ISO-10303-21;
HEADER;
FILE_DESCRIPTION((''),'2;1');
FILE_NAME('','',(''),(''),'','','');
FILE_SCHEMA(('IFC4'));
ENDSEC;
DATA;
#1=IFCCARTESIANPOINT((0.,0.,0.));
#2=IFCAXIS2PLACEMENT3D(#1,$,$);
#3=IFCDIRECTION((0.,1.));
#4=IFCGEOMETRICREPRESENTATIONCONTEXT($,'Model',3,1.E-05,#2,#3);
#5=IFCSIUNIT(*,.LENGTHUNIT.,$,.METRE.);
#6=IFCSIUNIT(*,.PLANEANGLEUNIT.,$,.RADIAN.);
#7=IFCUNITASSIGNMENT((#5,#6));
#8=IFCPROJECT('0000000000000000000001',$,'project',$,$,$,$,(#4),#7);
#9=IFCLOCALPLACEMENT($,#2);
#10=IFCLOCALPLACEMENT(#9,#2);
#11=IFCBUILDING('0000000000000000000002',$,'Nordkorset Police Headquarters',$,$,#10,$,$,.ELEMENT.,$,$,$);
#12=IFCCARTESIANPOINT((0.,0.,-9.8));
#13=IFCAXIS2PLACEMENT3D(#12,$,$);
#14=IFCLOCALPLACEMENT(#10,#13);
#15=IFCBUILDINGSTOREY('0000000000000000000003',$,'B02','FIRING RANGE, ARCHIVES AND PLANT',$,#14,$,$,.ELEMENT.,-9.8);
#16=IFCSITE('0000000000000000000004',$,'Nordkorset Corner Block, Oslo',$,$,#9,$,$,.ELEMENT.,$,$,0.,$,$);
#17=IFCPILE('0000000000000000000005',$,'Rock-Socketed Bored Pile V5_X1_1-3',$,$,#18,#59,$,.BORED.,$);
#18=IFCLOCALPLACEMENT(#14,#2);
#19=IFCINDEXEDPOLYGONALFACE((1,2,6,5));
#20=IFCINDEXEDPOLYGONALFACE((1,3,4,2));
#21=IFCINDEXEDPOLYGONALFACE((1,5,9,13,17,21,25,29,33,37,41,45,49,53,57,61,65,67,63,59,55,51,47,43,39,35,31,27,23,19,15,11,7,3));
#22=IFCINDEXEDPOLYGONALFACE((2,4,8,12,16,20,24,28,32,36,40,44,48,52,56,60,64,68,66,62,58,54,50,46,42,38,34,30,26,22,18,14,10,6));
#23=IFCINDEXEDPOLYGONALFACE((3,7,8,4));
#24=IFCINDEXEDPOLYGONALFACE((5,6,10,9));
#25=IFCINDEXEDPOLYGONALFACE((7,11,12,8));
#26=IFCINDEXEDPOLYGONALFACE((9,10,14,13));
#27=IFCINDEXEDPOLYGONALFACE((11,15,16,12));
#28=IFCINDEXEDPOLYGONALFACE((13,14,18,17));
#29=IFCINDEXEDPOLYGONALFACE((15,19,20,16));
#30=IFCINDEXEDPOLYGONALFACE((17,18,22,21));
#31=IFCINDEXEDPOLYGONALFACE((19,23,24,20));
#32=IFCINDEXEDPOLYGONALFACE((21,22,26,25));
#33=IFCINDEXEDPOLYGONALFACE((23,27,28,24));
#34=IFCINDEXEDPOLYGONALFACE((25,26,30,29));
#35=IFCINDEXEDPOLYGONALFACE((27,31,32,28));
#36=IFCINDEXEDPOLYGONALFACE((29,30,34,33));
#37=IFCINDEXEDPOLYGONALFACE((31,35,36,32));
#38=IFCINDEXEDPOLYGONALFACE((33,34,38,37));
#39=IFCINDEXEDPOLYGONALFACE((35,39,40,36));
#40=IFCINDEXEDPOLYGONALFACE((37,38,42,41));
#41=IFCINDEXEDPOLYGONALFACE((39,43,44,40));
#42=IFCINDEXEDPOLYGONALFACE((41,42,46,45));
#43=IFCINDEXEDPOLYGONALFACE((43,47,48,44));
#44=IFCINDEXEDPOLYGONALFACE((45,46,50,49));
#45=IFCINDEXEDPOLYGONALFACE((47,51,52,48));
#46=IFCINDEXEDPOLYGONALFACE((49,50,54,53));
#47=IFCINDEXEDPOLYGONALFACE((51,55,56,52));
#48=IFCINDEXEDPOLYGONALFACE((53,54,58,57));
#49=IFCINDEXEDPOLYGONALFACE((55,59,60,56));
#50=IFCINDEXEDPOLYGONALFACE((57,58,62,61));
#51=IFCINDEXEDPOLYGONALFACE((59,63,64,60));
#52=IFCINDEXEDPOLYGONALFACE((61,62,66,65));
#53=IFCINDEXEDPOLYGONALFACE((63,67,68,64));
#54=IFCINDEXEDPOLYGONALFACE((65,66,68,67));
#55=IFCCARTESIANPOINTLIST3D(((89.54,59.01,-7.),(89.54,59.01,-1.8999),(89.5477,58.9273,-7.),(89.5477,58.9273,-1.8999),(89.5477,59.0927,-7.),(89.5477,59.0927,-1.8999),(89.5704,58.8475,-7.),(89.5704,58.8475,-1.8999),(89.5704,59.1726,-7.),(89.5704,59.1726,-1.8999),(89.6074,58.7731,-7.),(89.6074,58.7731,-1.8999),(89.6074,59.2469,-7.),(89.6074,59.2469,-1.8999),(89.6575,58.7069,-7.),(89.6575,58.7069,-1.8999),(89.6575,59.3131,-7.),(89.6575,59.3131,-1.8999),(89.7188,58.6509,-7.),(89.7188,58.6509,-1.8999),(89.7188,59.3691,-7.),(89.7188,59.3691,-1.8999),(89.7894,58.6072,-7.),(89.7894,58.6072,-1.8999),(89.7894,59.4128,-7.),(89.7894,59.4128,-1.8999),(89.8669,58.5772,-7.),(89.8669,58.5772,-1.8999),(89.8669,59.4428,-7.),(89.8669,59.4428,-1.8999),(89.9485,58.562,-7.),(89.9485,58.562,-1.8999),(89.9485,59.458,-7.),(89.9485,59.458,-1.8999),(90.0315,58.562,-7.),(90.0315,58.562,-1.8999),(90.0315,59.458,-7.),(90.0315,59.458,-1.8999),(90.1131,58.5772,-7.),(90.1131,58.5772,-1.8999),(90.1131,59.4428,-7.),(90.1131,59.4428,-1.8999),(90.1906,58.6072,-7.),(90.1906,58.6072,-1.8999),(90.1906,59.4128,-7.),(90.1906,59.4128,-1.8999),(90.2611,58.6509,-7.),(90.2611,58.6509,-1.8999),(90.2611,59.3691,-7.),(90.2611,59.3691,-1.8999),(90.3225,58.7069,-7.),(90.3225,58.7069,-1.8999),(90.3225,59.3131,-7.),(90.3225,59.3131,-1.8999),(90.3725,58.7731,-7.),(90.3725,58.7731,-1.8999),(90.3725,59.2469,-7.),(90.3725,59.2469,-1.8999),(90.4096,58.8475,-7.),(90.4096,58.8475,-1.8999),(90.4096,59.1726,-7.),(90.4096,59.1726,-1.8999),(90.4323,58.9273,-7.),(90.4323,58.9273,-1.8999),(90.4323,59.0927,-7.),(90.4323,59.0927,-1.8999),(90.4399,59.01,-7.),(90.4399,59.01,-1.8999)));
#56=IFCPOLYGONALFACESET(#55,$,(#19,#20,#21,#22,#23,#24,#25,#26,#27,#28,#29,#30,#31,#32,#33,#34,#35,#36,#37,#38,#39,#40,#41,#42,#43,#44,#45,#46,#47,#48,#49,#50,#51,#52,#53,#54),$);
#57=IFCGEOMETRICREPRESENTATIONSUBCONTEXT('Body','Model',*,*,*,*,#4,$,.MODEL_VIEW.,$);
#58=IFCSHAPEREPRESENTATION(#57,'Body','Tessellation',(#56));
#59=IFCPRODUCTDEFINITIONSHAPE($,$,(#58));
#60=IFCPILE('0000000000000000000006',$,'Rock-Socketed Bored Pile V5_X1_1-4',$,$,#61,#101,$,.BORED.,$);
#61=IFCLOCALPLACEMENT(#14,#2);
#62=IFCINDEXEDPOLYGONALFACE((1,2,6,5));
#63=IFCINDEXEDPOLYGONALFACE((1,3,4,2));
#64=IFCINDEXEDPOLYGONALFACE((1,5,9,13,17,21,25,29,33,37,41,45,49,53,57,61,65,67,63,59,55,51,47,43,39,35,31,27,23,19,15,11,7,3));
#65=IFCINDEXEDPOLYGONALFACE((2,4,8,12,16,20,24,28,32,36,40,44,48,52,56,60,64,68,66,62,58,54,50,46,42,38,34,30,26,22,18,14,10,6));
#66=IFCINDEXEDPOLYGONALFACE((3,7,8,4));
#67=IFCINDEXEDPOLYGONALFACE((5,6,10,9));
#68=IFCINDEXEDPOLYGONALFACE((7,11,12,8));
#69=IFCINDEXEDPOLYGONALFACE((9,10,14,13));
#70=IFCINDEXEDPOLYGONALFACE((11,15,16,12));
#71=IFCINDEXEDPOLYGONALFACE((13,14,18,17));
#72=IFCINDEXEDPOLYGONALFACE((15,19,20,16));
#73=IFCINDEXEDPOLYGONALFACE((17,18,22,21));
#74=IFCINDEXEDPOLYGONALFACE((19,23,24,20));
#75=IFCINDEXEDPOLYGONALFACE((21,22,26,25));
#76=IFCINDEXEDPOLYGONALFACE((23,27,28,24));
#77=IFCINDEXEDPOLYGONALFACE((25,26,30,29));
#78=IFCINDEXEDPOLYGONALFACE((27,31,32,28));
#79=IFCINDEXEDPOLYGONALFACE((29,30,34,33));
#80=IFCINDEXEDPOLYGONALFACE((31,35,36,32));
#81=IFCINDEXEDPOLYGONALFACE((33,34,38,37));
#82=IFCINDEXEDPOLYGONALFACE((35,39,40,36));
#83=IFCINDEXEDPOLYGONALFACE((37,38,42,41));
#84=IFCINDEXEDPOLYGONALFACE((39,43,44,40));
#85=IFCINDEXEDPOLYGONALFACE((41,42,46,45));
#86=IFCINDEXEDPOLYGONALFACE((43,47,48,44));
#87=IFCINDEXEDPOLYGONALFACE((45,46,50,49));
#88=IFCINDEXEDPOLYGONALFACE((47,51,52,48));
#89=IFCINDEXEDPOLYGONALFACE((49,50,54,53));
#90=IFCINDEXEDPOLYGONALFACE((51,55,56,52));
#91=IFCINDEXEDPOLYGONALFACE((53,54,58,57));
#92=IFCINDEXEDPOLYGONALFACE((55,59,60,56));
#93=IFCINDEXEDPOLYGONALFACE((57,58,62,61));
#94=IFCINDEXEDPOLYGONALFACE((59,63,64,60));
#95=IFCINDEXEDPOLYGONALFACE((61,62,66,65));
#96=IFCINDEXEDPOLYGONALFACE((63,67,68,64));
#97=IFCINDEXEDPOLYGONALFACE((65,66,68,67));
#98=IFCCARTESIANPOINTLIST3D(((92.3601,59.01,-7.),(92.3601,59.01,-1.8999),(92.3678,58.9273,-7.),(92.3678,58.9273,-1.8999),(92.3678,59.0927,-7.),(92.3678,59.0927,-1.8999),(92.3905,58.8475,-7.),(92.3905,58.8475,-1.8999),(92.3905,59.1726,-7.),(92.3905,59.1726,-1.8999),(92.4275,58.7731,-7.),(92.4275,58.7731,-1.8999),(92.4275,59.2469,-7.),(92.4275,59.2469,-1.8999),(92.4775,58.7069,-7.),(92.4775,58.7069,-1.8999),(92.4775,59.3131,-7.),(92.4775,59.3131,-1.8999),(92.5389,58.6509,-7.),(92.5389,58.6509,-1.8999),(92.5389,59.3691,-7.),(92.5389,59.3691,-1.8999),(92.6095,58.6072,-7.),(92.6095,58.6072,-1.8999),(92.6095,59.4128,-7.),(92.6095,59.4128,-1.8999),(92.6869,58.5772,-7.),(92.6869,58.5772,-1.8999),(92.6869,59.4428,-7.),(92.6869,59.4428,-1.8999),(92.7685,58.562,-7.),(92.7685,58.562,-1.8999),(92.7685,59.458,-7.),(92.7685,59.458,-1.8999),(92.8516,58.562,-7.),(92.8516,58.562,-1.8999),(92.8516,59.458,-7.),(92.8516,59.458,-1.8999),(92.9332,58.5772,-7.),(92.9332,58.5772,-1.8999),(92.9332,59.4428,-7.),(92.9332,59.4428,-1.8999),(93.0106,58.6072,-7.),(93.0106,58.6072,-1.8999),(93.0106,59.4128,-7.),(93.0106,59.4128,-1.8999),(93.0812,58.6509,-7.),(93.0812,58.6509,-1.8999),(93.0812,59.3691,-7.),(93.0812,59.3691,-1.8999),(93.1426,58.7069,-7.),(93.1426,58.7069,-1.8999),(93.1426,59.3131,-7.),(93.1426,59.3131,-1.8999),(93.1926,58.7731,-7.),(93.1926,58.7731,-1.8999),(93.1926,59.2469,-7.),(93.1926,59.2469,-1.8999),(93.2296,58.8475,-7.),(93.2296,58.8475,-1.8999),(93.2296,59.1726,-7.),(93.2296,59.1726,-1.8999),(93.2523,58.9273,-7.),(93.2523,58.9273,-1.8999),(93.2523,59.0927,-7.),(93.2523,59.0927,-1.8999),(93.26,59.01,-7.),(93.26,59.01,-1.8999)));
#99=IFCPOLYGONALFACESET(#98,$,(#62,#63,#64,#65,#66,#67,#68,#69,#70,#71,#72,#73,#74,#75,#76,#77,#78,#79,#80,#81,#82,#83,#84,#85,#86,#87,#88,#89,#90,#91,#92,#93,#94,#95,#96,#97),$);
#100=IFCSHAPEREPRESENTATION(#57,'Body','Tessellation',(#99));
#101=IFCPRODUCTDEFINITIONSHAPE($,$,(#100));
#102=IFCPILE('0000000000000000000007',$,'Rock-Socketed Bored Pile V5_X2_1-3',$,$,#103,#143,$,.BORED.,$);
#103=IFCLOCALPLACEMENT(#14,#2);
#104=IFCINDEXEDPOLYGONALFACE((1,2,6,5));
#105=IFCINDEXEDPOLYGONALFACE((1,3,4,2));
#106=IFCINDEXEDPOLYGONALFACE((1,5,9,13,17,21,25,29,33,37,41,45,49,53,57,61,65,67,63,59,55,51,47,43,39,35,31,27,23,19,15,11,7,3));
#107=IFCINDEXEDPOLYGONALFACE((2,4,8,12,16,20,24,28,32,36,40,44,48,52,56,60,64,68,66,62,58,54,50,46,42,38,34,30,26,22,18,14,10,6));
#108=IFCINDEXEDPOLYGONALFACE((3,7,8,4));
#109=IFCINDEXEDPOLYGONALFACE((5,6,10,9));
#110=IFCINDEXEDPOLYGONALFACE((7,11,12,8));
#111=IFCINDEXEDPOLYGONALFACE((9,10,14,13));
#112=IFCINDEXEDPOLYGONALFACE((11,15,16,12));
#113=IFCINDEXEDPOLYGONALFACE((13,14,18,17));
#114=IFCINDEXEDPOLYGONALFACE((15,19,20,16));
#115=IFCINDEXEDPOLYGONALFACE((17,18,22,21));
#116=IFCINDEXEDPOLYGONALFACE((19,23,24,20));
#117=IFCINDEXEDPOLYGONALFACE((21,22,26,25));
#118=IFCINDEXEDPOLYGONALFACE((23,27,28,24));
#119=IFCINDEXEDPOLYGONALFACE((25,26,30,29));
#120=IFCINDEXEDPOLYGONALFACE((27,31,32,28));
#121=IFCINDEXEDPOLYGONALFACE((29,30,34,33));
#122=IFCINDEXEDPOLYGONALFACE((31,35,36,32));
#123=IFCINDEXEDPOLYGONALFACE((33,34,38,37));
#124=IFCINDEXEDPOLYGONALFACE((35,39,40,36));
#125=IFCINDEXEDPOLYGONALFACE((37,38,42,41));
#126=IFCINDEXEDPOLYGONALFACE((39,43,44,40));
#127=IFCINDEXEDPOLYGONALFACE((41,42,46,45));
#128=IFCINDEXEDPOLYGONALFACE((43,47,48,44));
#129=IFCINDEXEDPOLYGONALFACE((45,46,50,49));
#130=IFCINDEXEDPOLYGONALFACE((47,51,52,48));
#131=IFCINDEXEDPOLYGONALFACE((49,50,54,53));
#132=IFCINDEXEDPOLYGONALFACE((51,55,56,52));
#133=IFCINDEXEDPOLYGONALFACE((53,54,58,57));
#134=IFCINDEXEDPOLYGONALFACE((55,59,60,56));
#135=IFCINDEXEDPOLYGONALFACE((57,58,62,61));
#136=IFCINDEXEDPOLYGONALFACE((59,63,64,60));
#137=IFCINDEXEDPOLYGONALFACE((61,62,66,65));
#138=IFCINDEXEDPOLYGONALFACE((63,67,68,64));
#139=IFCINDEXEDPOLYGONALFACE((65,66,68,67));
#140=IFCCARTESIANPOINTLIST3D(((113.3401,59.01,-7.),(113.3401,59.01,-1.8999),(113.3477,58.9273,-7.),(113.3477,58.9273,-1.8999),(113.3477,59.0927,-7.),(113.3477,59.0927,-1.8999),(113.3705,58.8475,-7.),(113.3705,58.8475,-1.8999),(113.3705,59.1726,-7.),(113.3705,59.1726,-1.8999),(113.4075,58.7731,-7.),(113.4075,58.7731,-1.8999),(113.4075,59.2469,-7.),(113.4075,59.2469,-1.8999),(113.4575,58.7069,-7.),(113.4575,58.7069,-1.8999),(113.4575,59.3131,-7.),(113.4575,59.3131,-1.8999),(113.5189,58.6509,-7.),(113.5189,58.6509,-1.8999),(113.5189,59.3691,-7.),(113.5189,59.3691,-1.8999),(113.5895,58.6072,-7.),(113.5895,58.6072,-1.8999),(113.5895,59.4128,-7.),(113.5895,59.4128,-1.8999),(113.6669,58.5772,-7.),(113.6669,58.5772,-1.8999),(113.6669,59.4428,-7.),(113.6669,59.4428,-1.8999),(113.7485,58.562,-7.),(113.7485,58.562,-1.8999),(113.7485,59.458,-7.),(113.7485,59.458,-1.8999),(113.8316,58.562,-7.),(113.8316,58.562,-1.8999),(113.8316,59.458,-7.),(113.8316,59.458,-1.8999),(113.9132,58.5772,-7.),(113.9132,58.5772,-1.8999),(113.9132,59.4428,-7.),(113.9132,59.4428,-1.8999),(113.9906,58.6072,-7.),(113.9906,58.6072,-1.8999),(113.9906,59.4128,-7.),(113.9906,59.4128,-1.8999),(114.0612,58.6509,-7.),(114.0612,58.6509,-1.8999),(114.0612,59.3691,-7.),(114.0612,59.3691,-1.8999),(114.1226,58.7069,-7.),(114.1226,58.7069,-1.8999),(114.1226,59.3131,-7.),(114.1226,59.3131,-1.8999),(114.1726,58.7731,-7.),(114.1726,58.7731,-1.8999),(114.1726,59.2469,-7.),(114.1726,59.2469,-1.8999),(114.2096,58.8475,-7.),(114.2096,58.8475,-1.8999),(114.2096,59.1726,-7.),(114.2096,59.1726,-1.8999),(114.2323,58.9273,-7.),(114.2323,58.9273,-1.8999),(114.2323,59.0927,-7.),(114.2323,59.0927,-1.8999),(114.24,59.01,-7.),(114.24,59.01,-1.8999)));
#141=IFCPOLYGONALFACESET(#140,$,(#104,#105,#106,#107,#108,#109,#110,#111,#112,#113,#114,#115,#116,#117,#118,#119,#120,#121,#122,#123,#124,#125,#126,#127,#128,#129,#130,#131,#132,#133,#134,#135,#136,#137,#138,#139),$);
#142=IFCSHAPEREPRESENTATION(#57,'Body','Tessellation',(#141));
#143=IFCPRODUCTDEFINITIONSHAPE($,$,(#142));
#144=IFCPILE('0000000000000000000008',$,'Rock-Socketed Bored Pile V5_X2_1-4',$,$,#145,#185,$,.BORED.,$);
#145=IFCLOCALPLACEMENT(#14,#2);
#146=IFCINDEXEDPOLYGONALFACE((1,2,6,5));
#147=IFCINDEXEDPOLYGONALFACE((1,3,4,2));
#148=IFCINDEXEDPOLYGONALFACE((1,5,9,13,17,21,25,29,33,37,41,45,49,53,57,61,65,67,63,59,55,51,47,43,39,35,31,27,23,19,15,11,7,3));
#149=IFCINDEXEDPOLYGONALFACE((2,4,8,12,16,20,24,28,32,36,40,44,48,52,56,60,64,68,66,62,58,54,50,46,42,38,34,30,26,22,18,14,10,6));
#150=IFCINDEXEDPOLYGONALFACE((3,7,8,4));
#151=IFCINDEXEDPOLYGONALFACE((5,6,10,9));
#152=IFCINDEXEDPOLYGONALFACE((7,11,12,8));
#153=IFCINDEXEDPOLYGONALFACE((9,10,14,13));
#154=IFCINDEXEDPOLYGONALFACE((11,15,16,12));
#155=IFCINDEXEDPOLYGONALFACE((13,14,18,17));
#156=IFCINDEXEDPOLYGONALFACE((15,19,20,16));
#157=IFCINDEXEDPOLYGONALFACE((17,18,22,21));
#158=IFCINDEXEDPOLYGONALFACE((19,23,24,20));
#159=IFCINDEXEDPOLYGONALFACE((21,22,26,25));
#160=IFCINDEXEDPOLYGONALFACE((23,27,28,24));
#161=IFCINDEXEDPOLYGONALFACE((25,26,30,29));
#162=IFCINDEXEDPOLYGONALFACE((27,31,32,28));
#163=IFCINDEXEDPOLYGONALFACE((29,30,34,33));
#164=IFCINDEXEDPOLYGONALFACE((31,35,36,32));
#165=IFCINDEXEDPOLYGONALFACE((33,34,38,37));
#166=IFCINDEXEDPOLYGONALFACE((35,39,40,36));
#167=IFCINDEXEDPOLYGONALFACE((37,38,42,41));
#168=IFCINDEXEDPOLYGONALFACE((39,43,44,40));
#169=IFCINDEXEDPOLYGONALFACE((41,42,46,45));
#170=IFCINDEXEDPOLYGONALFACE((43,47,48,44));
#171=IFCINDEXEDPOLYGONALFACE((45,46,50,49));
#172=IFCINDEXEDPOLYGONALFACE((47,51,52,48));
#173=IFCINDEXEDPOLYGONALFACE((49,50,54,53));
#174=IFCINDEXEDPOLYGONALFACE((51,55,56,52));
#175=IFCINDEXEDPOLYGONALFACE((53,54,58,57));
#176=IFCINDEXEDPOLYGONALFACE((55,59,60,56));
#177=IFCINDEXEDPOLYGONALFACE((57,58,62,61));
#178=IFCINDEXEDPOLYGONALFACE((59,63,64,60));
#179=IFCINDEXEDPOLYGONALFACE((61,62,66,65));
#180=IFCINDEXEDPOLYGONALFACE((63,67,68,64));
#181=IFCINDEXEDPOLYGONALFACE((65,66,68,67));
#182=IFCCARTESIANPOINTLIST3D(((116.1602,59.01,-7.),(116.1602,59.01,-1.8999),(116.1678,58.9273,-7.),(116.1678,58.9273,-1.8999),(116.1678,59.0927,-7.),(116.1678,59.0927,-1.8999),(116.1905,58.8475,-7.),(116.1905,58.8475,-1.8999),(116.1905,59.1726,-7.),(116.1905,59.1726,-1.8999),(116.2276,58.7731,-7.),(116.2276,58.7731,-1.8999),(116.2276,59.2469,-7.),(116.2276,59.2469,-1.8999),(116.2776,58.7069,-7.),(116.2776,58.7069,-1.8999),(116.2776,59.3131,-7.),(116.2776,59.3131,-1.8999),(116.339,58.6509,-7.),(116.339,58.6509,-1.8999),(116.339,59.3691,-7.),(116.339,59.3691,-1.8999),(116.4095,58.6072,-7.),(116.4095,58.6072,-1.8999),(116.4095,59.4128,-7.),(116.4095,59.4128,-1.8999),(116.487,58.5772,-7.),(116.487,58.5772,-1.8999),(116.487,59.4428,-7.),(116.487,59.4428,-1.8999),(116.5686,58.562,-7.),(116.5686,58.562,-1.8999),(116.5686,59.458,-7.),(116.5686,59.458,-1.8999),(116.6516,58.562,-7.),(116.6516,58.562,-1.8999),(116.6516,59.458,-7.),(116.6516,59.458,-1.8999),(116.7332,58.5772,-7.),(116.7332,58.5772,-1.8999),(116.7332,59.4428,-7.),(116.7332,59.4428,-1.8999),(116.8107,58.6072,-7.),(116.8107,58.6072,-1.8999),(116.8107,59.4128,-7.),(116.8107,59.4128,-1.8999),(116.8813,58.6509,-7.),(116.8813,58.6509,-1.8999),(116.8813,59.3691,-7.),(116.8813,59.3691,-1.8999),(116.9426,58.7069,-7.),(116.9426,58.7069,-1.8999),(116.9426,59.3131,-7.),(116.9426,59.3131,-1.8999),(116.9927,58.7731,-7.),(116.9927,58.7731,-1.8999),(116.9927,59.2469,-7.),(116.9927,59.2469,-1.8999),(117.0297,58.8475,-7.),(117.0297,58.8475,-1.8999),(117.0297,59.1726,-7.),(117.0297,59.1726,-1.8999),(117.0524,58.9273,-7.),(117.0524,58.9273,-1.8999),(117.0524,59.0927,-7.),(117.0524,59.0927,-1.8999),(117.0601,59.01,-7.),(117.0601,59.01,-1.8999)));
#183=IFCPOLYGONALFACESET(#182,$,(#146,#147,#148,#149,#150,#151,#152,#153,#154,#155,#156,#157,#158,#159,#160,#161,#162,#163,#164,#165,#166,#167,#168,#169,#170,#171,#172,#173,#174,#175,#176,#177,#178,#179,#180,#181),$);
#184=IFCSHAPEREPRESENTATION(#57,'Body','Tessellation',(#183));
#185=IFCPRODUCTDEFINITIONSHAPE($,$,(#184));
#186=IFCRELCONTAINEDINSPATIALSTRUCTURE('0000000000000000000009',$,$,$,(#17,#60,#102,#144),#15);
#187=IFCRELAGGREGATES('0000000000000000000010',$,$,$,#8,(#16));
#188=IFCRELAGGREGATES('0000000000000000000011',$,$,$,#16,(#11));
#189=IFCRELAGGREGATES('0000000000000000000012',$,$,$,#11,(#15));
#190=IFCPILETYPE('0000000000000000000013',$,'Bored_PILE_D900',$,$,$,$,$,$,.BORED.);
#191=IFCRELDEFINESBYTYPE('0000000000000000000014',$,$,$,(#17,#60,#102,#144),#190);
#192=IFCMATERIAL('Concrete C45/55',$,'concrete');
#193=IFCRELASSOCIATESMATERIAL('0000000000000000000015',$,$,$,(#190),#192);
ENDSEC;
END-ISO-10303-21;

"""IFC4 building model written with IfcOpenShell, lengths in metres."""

from ifc_helpers import new_model, si_unit, direction, frame, origin, origin_2d, place, context, subcontext, project, spatial, circle, extrude, material, material_profile, profile_set, type_object, element, save


model = new_model("IFC4")

# Units and contexts
model_context = context("Model", 3, precision=1e-05, world=origin(), true_north=direction((0.0, 1.0)))
body_context = subcontext(model_context, "Body", "Model", "MODEL_VIEW")
ifc_project = project(units=[si_unit("LENGTHUNIT", "METRE"), si_unit("PLANEANGLEUNIT", "RADIAN")], contexts=[model_context])

# Site, building, storey
site_placement = place(None, origin())
site = spatial("IfcSite", under=ifc_project, at=site_placement, Name="Nordkorset Corner Block, Oslo", CompositionType="ELEMENT", RefElevation=0.0)
building_placement = place(site_placement, origin())
building = spatial("IfcBuilding", under=site, at=building_placement, Name="Nordkorset Police Headquarters", CompositionType="ELEMENT")
storey_placement = place(building_placement, frame((0.0, 0.0, -9.8)))
storey = spatial("IfcBuildingStorey", under=building, at=storey_placement, Name="B02", Description="FIRING RANGE, ARCHIVES AND PLANT", CompositionType="ELEMENT", Elevation=-9.8)

# Piles
ifc_material_1 = material(Name="Concrete C45/55", Category="concrete")
ifc_material_profile_1 = material_profile(ifc_material_1, circle(Radius=0.45, at=origin_2d()), Name="PILE D900")
ifc_profile_set_1 = profile_set([ifc_material_profile_1], Name="Concrete C45/55")
pile_type = type_object("IfcPileType", Name="Bored_PILE_D900", PredefinedType="BORED", material=ifc_profile_set_1)
for number, where, z_axis, x_axis, name in (
    (1, (89.99, 59.01, -1.8999), (0.0, 0.0, -1.0), (1.0, 0.0, 0.0), "Rock-Socketed Bored Pile V5_X1_1-3"),
    (2, (92.8101, 59.01, -1.8999), (0.0, 0.0, -1.0), (1.0, 0.0, 0.0), "Rock-Socketed Bored Pile V5_X1_1-4"),
    (3, (113.79, 59.01, -1.8999), (0.0, 0.0, -1.0), (1.0, 0.0, 0.0), "Rock-Socketed Bored Pile V5_X2_1-3"),
    (4, (116.6101, 59.01, -1.8999), (0.0, 0.0, -1.0), (1.0, 0.0, 0.0), "Rock-Socketed Bored Pile V5_X2_1-4"),
):
    element("IfcPile", number, at=place(storey_placement, frame(where, z_axis=z_axis, x_axis=x_axis)), inside=storey, type_object=pile_type, Name=name, PredefinedType="BORED", context=body_context, shape_type="SweptSolid", body=[
        extrude(circle(Radius=0.45, at=origin_2d()), origin(), (0.0, 0.0, 1.0), 5.1001),
    ])

save(model, "model.ifc")
